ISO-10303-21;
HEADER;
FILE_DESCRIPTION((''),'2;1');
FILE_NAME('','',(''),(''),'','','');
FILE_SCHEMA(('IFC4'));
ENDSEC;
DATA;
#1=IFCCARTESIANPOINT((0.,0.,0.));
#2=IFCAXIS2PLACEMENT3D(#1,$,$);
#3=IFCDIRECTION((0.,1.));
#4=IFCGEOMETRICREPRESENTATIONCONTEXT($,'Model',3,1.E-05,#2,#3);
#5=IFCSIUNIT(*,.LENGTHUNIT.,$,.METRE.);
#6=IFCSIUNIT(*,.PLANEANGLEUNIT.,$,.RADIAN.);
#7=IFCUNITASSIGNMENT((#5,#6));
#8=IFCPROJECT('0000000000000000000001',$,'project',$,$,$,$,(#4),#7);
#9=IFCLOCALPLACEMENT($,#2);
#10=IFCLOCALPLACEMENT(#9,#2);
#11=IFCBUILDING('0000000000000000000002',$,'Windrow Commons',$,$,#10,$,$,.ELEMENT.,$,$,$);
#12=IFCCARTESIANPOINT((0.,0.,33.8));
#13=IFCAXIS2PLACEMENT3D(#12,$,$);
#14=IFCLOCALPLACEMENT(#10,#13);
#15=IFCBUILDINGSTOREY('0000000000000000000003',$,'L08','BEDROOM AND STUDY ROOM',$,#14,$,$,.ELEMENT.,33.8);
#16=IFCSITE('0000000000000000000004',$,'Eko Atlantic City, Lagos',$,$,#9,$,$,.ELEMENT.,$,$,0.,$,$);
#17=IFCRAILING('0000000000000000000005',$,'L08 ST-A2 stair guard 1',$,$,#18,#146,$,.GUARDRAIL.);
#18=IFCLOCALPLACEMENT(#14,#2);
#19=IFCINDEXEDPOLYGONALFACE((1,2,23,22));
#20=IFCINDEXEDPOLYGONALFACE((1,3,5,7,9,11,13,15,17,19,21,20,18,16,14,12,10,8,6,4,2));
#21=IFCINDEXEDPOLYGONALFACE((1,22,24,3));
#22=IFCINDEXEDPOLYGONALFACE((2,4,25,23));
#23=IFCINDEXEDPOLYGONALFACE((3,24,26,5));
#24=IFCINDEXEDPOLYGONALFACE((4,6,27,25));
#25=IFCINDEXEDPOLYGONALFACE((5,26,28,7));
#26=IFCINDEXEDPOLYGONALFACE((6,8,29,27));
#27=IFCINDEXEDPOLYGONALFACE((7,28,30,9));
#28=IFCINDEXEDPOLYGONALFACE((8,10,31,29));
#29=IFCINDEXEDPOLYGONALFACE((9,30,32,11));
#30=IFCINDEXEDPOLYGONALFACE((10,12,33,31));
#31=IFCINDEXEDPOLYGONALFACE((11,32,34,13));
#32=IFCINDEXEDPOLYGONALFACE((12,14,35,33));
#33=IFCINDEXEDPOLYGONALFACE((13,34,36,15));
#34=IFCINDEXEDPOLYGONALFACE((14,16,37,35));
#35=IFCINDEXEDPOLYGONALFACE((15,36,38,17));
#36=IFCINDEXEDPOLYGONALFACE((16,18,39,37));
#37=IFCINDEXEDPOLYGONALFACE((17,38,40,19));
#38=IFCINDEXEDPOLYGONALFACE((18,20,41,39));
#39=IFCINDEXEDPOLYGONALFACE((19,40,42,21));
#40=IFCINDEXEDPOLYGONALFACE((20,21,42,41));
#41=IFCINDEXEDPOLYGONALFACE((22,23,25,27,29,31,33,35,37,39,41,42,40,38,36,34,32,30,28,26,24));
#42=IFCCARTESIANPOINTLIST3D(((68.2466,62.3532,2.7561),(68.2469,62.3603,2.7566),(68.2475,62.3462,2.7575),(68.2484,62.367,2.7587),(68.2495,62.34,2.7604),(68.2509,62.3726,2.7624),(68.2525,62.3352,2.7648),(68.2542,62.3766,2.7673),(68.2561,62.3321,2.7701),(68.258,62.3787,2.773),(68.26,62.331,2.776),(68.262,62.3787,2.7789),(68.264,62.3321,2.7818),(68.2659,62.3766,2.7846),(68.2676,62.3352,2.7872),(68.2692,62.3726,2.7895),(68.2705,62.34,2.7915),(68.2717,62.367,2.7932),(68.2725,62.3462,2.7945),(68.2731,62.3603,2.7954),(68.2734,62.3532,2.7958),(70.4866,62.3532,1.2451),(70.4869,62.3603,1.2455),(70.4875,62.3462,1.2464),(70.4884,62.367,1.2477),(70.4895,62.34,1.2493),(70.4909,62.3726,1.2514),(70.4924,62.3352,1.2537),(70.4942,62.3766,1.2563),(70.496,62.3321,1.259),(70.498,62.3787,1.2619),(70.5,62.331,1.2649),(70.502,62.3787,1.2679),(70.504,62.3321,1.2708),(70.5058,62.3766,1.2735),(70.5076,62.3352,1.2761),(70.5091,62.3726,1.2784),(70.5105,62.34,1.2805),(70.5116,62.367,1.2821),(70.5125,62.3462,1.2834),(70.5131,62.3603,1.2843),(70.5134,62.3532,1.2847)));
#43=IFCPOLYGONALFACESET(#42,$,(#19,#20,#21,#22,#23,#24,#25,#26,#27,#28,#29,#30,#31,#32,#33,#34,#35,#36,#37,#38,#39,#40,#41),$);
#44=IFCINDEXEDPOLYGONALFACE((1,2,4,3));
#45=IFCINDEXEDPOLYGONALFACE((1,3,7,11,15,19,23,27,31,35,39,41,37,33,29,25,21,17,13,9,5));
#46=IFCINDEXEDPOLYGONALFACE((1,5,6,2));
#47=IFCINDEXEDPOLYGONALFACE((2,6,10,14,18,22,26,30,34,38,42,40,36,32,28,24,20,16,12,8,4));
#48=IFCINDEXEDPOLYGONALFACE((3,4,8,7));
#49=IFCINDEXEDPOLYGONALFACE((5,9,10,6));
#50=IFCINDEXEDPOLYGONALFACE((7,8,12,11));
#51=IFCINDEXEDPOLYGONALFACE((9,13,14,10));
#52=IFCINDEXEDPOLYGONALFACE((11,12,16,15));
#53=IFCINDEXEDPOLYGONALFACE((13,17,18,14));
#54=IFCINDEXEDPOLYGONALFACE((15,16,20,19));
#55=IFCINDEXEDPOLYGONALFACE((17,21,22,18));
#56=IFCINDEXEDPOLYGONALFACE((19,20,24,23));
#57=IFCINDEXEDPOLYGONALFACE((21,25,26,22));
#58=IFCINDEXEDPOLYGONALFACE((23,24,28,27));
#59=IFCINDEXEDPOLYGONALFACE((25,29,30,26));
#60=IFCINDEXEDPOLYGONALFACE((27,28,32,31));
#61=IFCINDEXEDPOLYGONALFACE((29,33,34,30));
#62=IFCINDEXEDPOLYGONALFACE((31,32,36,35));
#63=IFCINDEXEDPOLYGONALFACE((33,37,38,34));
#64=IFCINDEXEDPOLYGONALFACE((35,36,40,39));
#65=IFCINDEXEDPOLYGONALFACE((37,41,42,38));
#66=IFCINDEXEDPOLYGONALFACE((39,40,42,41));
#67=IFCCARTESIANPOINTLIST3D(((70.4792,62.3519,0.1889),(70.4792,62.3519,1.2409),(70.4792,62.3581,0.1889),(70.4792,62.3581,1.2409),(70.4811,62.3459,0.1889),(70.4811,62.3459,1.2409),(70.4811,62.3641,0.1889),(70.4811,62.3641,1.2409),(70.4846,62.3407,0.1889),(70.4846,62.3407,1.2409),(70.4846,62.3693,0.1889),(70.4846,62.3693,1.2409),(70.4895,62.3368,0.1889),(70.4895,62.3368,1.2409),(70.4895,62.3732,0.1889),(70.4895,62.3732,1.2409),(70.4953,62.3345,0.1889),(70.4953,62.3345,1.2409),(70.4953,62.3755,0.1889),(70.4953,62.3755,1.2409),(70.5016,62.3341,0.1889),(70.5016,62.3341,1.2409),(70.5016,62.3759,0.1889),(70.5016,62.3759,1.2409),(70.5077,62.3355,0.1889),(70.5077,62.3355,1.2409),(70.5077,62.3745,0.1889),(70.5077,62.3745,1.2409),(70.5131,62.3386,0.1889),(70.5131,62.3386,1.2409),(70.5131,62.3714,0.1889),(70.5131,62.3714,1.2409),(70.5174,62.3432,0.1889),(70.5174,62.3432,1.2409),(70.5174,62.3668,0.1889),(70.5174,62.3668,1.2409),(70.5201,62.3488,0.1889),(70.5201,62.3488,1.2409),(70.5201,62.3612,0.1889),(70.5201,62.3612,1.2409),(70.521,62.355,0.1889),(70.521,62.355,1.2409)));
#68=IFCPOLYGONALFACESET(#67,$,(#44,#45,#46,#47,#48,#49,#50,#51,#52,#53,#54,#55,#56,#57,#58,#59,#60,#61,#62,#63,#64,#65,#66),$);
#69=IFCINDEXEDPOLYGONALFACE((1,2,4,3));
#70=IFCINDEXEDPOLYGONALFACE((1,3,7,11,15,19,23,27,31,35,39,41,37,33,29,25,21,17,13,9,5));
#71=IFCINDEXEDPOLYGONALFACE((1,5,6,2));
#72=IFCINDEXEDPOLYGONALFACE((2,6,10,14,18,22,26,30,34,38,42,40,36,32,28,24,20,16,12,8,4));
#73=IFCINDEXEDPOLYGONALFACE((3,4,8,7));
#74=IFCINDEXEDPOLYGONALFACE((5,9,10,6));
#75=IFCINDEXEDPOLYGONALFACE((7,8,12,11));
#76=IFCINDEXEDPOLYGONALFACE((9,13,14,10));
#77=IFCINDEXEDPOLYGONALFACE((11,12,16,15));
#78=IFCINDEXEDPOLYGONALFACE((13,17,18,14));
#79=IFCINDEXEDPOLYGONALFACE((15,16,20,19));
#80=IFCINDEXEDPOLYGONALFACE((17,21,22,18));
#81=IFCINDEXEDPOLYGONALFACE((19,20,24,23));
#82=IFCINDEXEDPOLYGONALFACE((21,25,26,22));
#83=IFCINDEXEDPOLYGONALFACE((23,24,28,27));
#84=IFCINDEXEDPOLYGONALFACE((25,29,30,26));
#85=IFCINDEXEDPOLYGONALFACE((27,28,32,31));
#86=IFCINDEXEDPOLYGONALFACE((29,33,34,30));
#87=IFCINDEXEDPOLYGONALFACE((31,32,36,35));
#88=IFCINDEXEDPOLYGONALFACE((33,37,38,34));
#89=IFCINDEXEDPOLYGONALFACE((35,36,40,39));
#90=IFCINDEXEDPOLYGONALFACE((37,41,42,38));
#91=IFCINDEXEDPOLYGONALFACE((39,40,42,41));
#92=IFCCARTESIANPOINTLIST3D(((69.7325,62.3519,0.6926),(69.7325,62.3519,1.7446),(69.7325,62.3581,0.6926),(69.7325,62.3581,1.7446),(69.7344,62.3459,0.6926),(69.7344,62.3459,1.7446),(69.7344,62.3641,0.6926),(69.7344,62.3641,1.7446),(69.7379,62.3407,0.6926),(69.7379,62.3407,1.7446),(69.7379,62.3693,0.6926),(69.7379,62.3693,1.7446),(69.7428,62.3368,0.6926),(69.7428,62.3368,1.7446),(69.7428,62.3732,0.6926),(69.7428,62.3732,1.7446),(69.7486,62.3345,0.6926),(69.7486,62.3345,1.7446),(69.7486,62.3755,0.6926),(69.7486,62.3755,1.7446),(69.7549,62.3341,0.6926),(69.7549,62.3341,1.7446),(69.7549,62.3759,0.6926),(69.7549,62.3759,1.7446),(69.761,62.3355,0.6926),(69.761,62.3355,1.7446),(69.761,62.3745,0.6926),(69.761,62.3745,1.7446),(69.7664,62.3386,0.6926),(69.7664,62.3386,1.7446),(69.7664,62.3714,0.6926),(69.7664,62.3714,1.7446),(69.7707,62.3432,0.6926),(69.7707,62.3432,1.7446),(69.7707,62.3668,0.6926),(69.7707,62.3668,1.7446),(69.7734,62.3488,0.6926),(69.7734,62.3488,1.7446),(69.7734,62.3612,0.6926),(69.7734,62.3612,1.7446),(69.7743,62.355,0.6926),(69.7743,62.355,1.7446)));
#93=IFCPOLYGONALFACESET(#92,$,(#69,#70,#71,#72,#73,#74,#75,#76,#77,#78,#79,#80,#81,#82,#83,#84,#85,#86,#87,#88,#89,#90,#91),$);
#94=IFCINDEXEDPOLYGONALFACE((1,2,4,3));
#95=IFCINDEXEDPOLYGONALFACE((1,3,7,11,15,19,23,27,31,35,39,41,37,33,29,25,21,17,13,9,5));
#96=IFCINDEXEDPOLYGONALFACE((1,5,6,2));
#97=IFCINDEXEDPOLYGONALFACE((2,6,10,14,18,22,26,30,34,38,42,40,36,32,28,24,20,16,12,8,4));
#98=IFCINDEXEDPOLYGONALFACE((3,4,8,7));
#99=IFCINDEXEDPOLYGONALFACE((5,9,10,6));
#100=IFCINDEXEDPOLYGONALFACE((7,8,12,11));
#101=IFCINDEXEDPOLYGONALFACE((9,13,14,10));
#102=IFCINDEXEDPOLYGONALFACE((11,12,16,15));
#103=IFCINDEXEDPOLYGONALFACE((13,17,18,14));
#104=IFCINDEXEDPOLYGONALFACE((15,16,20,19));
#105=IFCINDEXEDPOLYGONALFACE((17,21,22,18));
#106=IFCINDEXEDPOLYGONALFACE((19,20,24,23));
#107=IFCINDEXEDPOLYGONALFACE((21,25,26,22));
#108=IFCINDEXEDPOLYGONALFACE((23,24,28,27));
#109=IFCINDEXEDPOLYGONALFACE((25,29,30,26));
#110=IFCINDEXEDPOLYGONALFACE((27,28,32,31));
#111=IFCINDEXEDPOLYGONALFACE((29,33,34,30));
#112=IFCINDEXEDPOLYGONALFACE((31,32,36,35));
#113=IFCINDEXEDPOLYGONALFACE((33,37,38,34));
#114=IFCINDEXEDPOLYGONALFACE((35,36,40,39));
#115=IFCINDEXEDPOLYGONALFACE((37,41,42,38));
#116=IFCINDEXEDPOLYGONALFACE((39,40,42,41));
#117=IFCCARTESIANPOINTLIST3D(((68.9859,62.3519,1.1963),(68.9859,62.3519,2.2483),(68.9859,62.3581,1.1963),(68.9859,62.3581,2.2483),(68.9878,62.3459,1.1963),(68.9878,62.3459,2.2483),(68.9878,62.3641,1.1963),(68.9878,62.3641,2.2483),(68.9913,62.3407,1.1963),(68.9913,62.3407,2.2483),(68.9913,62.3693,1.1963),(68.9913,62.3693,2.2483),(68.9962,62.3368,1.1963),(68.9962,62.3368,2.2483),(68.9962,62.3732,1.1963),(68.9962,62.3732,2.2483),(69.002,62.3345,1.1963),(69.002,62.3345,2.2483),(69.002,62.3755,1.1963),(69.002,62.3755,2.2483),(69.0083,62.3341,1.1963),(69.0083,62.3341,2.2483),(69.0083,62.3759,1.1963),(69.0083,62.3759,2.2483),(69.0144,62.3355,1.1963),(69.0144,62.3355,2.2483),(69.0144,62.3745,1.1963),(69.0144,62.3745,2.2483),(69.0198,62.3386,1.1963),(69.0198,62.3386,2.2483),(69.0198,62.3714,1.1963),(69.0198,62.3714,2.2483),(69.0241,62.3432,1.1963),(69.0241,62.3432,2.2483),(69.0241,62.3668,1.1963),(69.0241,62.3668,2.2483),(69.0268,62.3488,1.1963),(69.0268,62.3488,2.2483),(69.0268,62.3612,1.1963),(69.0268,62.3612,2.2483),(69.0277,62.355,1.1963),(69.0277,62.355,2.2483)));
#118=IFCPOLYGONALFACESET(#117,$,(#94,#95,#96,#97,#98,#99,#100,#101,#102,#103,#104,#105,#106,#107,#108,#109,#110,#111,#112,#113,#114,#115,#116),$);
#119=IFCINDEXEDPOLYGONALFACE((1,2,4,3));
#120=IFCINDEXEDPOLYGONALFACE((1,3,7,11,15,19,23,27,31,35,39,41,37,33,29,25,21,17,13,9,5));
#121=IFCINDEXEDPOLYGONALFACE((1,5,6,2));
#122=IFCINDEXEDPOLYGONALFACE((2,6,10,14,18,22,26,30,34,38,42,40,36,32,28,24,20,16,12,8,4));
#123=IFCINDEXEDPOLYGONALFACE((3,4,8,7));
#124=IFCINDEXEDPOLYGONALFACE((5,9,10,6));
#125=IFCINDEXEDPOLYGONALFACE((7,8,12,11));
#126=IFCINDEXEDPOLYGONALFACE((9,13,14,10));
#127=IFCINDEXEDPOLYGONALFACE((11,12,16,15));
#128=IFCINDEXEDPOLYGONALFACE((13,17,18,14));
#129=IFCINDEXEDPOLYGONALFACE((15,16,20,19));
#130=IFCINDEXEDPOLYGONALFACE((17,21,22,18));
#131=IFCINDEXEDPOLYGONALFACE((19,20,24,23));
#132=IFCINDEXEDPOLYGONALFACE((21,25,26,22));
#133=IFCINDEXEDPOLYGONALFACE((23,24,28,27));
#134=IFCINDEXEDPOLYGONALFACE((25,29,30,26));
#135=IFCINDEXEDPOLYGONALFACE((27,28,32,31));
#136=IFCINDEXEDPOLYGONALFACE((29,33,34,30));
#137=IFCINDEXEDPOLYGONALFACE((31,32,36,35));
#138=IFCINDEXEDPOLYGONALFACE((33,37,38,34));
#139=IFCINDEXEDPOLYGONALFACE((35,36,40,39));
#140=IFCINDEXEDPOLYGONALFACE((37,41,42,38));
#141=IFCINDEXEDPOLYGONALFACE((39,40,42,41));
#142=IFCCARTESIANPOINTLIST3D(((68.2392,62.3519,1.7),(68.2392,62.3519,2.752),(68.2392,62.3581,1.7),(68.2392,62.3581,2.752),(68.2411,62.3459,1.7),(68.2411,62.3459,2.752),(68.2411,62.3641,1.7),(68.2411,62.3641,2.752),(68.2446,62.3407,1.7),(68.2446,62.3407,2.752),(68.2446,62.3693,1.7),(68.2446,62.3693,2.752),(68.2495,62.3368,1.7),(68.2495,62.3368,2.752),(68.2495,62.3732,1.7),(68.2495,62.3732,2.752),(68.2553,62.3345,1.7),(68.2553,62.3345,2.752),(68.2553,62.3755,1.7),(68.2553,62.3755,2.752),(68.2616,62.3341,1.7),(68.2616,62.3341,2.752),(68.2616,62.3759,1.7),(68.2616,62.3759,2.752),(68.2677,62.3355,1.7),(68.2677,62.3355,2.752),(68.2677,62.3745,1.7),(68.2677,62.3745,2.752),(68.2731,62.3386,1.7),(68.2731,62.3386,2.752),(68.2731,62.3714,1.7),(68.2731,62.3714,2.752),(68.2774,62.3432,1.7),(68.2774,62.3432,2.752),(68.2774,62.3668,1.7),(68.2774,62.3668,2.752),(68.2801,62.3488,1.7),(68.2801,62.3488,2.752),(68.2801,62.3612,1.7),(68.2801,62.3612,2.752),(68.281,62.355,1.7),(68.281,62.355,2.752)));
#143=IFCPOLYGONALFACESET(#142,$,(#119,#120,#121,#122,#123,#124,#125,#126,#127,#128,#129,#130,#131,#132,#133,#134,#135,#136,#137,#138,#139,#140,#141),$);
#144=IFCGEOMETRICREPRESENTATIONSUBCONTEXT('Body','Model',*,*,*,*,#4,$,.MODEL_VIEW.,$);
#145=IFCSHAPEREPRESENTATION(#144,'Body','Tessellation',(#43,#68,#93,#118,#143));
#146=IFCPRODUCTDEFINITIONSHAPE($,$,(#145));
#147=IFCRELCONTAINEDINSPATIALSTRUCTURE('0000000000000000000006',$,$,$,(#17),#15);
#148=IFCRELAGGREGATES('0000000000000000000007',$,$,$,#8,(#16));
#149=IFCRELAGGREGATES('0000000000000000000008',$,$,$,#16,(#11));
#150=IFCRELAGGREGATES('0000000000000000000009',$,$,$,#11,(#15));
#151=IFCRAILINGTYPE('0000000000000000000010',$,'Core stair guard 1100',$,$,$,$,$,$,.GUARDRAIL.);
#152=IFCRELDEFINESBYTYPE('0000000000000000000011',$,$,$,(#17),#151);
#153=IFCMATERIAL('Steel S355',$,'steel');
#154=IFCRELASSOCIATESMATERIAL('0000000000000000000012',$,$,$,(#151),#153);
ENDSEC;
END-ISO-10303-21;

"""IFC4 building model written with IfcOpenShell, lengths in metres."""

from ifc_helpers import new_model, si_unit, direction, frame, origin, origin_2d, place, context, subcontext, project, spatial, circle, extrude, material, type_object, element, save


model = new_model("IFC4")

# Units and contexts
model_context = context("Model", 3, precision=1e-05, world=origin(), true_north=direction((0.0, 1.0)))
body_context = subcontext(model_context, "Body", "Model", "MODEL_VIEW")
ifc_project = project(units=[si_unit("LENGTHUNIT", "METRE"), si_unit("PLANEANGLEUNIT", "RADIAN")], contexts=[model_context])

# Site, building, storey
site_placement = place(None, origin())
site = spatial("IfcSite", under=ifc_project, at=site_placement, Name="Eko Atlantic City, Lagos", CompositionType="ELEMENT", RefElevation=0.0)
building_placement = place(site_placement, origin())
building = spatial("IfcBuilding", under=site, at=building_placement, Name="Windrow Commons", CompositionType="ELEMENT")
storey_placement = place(building_placement, frame((0.0, 0.0, 33.8)))
storey = spatial("IfcBuildingStorey", under=building, at=storey_placement, Name="L08", Description="BEDROOM AND STUDY ROOM", CompositionType="ELEMENT", Elevation=33.8)

# Railing
ifc_material_1 = material(Name="Steel S355", Category="steel")
railing_type_1 = type_object("IfcRailingType", Name="Core stair guard 1100", PredefinedType="GUARDRAIL", material=ifc_material_1)
railing_1_placement = place(storey_placement, frame((70.5, 62.355, 0.1889)))
element("IfcRailing", 1, at=railing_1_placement, inside=storey, type_object=railing_type_1, Name="L08 ST-A2 stair guard 1", PredefinedType="GUARDRAIL", context=body_context, shape_type="SweptSolid", body=[
    extrude(circle(Radius=0.024, at=origin_2d()), frame((0.0, 0.0, 1.076), z_axis=(-0.829003, 0.0, 0.559244), x_axis=(0.0, -1.0, 0.0)), (0.0, 0.0, 1.0), 2.702),
    extrude(circle(Radius=0.021, at=origin_2d()), origin(), (0.0, 0.0, 1.0), 1.052),
    extrude(circle(Radius=0.021, at=origin_2d()), frame((-0.7467, 0.0, 0.5037)), (0.0, 0.0, 1.0), 1.052),
    extrude(circle(Radius=0.021, at=origin_2d()), frame((-1.4933, 0.0, 1.0074)), (0.0, 0.0, 1.0), 1.052),
    extrude(circle(Radius=0.021, at=origin_2d()), frame((-2.24, 0.0, 1.5111)), (0.0, 0.0, 1.0), 1.052),
])

save(model, "model.ifc")
